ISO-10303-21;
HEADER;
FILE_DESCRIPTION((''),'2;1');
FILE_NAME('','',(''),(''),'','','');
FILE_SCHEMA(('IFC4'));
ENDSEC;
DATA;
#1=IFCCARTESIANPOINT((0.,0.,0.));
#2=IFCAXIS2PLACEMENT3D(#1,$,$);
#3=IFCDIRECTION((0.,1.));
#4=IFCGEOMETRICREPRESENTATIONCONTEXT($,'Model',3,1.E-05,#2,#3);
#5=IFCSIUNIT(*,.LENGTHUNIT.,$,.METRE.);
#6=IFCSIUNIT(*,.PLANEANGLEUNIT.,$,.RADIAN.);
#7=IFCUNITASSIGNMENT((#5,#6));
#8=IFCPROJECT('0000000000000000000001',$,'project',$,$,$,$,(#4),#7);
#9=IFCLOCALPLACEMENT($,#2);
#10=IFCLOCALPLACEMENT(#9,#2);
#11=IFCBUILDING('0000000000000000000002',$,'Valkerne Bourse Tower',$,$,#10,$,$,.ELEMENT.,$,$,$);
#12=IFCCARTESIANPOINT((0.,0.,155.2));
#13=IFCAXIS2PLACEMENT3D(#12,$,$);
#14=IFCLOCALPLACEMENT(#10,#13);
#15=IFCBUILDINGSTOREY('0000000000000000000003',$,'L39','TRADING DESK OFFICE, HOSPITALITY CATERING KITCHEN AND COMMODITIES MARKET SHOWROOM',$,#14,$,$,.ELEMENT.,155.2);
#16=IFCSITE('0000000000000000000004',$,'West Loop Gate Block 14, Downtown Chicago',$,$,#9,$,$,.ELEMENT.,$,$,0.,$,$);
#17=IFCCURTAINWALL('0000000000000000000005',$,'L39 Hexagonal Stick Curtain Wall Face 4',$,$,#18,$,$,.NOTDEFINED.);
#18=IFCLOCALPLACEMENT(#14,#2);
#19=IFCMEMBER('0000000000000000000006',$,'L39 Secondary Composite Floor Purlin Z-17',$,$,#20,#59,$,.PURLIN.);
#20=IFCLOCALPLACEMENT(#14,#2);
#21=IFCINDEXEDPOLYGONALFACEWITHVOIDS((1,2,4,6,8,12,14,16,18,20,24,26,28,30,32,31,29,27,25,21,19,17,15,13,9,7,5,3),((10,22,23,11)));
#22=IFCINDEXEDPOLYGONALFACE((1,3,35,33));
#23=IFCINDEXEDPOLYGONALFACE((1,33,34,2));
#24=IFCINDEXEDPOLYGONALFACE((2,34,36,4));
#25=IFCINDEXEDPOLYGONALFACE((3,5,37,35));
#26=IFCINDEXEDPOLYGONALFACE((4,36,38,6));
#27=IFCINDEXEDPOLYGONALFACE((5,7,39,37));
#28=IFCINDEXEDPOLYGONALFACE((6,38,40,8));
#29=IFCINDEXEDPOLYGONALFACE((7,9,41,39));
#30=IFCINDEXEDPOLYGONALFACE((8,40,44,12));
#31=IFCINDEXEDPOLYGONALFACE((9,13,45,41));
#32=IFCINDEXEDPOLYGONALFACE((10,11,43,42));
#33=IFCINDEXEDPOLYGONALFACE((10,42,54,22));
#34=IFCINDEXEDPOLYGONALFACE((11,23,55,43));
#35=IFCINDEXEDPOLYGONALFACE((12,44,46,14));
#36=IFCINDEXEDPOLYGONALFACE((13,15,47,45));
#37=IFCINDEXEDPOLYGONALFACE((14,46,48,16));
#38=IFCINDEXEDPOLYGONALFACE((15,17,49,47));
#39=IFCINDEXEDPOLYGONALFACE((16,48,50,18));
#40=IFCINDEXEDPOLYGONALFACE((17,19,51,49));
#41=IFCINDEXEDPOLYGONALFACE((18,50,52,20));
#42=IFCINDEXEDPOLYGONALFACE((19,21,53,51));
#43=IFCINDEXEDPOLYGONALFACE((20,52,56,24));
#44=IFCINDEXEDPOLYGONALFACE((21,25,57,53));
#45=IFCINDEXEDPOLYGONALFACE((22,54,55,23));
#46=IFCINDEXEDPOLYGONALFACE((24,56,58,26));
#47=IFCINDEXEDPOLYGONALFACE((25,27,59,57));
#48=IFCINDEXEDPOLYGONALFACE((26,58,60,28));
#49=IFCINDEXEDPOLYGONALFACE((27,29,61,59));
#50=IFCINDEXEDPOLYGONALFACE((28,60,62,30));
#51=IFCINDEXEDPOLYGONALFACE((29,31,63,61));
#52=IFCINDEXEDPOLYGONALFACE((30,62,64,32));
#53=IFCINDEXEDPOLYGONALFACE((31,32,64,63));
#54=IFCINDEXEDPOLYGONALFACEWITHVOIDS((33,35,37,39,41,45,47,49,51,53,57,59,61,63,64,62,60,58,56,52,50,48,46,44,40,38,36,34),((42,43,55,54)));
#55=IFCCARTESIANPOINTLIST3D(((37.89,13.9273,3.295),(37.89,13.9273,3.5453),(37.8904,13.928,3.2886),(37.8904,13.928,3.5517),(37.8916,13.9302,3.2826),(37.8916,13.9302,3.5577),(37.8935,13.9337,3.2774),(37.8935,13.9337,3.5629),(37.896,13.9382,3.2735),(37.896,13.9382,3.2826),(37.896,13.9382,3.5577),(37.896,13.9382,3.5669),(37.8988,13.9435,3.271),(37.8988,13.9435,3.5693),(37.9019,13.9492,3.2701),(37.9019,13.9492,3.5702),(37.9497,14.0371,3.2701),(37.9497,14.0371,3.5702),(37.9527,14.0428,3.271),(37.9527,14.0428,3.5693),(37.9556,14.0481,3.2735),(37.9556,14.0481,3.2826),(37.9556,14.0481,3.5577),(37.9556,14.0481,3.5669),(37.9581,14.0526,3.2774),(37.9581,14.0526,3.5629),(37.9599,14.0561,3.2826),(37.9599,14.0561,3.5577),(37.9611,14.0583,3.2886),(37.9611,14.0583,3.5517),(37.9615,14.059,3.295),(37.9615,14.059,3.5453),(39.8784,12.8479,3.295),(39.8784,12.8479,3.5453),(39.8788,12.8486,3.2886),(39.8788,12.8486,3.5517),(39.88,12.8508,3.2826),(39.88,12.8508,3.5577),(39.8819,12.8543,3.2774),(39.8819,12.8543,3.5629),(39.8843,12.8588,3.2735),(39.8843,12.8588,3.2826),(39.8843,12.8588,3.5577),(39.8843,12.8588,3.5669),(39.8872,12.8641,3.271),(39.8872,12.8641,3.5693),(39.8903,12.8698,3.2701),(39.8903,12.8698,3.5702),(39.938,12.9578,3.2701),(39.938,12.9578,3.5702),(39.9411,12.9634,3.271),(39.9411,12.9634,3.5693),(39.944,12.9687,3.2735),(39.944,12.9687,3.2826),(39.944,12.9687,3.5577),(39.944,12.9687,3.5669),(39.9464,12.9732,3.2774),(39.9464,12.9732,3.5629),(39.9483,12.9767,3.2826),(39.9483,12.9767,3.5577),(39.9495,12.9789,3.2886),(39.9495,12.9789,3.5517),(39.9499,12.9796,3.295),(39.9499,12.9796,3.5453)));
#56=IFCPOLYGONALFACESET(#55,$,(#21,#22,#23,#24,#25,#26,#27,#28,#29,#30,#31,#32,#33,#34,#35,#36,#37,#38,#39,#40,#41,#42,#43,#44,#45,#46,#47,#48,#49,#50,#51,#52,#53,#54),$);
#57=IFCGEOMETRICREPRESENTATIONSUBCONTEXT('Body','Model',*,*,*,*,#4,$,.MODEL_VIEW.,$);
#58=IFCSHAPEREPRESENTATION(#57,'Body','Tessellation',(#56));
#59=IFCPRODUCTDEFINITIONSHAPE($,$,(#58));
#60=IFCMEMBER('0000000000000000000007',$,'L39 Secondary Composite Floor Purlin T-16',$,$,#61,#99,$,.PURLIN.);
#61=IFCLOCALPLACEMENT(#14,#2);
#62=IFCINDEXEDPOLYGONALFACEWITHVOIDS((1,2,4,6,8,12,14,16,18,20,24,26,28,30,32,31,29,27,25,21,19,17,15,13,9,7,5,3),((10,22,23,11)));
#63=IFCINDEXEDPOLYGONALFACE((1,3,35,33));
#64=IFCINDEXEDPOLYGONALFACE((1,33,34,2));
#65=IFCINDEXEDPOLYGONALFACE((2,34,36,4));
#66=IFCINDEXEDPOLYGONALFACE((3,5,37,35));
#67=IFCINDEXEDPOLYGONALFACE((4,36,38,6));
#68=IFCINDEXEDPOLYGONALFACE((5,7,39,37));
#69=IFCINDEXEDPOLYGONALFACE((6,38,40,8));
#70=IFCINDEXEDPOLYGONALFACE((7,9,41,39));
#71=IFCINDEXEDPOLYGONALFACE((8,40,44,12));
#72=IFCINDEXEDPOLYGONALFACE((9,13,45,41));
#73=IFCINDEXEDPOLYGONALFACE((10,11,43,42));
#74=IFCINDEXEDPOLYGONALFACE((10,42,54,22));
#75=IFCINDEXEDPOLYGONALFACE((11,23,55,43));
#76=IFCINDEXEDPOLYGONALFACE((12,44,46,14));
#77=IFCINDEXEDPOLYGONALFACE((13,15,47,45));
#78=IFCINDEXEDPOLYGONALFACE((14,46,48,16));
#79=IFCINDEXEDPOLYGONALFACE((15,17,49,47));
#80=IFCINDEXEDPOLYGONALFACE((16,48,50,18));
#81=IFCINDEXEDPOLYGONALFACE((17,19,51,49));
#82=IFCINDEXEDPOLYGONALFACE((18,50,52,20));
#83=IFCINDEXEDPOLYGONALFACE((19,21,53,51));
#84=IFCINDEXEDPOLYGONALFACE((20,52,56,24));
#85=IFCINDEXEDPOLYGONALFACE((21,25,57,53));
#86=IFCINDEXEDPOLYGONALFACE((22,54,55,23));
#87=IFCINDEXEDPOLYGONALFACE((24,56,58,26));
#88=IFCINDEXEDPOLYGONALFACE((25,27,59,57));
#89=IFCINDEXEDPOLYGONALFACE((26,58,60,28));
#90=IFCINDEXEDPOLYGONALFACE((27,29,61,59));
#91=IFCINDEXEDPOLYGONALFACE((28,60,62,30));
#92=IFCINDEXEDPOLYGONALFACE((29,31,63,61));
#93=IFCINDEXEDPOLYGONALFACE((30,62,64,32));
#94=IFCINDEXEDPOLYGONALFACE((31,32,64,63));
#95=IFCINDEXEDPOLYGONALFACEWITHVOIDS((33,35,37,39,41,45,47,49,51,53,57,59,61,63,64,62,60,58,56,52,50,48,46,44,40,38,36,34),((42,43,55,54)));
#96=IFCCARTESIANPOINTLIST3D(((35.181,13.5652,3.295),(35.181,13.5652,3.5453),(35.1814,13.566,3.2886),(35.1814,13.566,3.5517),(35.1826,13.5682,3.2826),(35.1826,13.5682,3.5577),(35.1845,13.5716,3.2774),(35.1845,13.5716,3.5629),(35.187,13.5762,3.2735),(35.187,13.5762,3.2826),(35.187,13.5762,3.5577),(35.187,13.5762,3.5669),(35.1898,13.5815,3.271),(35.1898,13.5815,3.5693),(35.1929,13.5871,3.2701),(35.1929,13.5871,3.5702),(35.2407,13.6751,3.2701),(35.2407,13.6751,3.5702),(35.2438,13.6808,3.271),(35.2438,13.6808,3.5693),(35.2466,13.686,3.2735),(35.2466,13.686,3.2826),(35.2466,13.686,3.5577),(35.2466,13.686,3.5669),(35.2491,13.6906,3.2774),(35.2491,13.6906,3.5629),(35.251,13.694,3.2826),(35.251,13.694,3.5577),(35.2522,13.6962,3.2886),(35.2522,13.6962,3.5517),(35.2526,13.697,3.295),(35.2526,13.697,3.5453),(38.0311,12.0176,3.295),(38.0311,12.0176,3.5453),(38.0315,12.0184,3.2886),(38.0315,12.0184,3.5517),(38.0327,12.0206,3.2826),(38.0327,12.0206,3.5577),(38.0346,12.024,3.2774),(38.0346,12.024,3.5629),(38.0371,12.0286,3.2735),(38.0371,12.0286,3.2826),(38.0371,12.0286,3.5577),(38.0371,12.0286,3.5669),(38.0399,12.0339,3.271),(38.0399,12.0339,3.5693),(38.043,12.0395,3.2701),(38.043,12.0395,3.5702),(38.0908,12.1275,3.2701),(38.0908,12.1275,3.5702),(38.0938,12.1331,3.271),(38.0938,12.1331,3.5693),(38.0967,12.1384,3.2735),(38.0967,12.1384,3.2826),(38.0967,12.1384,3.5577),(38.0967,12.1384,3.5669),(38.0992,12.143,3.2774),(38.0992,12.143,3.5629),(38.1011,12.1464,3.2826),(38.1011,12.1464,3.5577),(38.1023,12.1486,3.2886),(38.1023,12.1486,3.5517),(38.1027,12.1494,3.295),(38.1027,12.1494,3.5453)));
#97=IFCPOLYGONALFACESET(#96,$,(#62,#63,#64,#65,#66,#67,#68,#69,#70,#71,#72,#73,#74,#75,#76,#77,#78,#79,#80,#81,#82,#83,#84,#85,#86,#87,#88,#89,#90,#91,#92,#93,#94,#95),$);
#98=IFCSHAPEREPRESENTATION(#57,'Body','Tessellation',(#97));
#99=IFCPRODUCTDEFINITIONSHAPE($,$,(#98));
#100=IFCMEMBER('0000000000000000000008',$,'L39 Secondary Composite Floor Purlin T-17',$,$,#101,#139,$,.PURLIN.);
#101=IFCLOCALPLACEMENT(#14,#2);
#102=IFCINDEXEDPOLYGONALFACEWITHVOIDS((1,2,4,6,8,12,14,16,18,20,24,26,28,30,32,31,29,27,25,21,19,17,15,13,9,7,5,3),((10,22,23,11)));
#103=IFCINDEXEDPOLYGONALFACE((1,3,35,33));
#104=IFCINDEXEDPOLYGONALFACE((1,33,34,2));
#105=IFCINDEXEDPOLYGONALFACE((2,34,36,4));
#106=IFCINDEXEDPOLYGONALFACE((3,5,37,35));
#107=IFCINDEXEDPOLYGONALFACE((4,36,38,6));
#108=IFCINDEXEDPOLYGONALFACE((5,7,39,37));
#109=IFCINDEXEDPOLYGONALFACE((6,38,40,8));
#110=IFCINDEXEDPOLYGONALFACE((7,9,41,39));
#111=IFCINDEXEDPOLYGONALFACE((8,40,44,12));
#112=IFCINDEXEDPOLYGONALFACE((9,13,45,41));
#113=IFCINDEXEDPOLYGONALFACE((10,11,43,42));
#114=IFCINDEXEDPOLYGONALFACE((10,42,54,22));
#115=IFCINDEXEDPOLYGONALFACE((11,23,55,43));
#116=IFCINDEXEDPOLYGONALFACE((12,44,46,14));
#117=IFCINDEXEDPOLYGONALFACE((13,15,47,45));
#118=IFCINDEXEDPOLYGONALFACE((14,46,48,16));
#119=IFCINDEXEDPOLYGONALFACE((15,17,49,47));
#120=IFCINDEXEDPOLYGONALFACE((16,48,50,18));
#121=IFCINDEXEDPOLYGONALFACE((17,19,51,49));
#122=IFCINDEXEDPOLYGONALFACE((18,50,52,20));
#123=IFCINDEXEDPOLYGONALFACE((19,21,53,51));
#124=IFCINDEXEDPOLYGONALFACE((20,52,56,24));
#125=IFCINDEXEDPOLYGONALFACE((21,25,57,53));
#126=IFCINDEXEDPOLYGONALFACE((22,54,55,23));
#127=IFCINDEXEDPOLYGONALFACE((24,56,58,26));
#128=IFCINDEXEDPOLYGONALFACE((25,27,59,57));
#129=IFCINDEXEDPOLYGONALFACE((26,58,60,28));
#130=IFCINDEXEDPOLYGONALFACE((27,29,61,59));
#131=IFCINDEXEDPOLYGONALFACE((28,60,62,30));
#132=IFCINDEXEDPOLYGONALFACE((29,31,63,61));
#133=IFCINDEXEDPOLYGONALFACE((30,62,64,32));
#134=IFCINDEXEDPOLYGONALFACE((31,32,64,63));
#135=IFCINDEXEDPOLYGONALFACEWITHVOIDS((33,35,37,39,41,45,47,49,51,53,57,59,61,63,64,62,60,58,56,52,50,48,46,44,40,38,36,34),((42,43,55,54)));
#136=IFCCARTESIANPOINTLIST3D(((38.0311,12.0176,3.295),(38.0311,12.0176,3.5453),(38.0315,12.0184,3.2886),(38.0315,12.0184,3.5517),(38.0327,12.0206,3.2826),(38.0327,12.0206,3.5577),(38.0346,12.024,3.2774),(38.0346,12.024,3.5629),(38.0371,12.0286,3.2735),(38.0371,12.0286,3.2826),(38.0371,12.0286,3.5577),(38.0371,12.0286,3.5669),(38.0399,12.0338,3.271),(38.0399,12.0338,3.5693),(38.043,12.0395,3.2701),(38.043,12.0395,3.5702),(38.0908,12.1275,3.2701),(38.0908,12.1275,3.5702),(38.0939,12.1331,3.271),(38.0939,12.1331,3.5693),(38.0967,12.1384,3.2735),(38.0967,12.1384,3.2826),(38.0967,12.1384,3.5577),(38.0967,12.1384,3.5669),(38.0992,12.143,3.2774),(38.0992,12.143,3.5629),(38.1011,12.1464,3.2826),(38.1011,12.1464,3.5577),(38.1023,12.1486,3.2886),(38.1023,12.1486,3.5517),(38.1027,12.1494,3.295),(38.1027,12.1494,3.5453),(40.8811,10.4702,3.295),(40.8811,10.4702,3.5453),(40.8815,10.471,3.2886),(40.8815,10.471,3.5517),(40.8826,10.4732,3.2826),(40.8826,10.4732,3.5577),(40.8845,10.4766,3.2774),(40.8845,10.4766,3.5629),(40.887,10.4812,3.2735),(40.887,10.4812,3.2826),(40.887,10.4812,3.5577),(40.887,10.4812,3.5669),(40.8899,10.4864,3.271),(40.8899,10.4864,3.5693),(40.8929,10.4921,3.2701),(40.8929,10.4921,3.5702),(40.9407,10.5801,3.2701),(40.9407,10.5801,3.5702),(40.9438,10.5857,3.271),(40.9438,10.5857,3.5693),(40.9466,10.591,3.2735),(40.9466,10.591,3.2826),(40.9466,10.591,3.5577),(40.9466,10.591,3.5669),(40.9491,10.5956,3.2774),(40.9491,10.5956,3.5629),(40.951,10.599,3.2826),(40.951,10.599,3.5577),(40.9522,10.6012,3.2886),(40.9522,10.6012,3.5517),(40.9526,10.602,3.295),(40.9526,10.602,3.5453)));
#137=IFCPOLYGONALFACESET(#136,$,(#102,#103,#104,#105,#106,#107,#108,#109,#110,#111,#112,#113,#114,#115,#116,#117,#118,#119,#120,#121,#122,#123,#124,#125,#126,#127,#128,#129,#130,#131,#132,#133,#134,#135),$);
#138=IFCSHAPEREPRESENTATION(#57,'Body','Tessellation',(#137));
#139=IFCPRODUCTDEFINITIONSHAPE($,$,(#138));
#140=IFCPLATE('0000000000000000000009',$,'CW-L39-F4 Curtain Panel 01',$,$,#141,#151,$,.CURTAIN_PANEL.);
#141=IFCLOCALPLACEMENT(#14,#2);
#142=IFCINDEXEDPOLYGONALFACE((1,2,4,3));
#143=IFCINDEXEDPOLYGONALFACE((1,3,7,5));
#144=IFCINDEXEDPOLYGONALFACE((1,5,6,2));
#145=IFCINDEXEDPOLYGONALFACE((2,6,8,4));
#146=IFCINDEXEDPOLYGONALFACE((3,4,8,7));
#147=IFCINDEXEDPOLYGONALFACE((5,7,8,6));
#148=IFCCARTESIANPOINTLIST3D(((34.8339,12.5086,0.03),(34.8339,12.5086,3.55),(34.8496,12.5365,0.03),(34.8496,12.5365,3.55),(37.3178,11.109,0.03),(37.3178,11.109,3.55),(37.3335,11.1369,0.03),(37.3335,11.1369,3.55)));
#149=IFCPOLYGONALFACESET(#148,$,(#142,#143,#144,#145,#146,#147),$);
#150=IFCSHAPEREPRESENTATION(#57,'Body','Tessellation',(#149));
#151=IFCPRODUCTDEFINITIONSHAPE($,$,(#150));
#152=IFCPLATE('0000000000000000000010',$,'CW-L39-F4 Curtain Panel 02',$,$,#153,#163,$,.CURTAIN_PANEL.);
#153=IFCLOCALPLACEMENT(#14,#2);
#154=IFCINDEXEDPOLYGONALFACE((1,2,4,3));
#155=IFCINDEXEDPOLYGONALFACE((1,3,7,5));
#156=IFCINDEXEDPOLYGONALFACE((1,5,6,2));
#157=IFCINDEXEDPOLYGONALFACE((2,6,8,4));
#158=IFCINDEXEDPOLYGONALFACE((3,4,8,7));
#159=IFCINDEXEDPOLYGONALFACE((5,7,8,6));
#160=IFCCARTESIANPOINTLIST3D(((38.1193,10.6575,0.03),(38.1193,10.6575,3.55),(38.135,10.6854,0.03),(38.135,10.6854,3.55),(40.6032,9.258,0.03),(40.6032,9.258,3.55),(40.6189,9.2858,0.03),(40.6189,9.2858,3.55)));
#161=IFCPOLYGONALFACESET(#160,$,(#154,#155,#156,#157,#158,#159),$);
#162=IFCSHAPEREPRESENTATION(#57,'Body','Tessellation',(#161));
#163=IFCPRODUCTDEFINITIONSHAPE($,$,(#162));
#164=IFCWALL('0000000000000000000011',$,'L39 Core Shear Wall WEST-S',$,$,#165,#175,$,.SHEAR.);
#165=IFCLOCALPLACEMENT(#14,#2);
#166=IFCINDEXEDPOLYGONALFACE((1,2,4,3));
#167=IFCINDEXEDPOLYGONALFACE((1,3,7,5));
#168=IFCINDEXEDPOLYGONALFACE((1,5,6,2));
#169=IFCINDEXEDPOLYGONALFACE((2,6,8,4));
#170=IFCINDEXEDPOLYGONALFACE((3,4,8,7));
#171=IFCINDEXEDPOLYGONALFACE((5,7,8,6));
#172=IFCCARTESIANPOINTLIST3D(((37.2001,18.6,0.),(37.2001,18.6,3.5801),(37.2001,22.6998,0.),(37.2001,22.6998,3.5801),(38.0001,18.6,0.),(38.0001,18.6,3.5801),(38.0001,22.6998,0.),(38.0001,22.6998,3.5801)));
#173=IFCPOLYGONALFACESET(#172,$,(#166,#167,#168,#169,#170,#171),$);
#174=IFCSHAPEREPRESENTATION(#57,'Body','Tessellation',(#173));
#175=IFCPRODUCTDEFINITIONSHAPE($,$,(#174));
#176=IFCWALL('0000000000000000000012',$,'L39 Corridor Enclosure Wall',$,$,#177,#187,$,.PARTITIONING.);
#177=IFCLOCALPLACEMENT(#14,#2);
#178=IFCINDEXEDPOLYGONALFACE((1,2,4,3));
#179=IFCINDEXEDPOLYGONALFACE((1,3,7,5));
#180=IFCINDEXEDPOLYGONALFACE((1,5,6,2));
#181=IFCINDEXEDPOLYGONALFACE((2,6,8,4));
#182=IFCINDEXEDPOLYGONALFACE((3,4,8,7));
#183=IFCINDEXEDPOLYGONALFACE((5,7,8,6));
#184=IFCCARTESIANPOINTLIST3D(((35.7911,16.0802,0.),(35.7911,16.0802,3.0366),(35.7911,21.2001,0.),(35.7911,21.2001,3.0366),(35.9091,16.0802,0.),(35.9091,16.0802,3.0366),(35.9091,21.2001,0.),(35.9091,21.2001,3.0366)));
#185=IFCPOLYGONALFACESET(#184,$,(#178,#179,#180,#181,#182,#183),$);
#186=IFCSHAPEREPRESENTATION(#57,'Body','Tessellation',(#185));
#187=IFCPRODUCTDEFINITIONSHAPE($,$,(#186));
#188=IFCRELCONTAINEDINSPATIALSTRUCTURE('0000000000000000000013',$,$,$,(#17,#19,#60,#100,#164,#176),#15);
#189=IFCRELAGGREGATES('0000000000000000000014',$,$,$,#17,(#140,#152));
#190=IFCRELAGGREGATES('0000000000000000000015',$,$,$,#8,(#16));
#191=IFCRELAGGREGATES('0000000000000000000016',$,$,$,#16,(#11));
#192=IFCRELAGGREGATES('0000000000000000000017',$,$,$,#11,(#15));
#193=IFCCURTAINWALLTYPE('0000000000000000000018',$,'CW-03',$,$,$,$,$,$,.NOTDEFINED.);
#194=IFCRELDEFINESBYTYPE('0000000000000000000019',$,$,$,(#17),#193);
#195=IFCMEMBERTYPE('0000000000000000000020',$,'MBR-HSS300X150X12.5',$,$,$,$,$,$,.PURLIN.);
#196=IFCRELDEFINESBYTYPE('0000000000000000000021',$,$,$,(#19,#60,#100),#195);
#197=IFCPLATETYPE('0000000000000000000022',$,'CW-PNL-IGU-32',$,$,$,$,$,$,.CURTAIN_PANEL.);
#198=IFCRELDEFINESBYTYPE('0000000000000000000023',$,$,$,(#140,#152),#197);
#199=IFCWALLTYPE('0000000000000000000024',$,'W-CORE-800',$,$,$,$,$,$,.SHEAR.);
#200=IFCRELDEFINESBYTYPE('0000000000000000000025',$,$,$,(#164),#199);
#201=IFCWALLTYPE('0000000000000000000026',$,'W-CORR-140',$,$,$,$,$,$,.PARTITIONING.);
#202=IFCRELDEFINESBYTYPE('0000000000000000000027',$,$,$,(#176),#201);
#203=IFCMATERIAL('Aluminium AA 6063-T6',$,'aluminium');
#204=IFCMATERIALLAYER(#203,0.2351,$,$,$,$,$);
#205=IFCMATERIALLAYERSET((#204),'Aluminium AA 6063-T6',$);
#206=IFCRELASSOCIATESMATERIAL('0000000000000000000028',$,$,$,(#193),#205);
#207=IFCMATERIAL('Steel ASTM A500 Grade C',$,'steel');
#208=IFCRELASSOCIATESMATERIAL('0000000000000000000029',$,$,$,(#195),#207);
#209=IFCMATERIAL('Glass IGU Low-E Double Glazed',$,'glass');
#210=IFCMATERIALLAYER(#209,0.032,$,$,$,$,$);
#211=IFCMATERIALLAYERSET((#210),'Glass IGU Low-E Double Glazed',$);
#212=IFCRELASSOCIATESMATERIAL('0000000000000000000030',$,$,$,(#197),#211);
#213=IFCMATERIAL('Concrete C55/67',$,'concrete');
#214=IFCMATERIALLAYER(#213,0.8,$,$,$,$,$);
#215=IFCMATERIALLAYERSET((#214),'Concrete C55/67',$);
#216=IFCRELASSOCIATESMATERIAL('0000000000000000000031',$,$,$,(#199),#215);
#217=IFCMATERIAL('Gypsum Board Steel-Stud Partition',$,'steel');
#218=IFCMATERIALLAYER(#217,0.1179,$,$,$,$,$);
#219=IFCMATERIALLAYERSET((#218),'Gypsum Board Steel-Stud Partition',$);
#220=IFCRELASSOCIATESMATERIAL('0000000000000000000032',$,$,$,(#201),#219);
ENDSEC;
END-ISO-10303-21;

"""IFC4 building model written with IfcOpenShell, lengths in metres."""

from ifc_helpers import new_model, si_unit, direction, frame, frame_2d, origin, origin_2d, place, context, subcontext, project, spatial, rectangle, hollow_rectangle, extrude, material, layer, layer_set, material_profile, profile_set, type_object, element, aggregate, save


model = new_model("IFC4")

# Units and contexts
model_context = context("Model", 3, precision=1e-05, world=origin(), true_north=direction((0.0, 1.0)))
body_context = subcontext(model_context, "Body", "Model", "MODEL_VIEW")
ifc_project = project(units=[si_unit("LENGTHUNIT", "METRE"), si_unit("PLANEANGLEUNIT", "RADIAN")], contexts=[model_context])

# Site, building, storey
site_placement = place(None, origin())
site = spatial("IfcSite", under=ifc_project, at=site_placement, Name="West Loop Gate Block 14, Downtown Chicago", CompositionType="ELEMENT", RefElevation=0.0)
building_placement = place(site_placement, origin())
building = spatial("IfcBuilding", under=site, at=building_placement, Name="Valkerne Bourse Tower", CompositionType="ELEMENT")
storey_placement = place(building_placement, frame((0.0, 0.0, 155.2)))
storey = spatial("IfcBuildingStorey", under=building, at=storey_placement, Name="L39", Description="TRADING DESK OFFICE, HOSPITALITY CATERING KITCHEN AND COMMODITIES MARKET SHOWROOM", CompositionType="ELEMENT", Elevation=155.2)

# Curtain wall
ifc_material_1 = material(Name="Aluminium AA 6063-T6", Category="aluminium")
ifc_layer_1 = layer(ifc_material_1, 0.2351)
ifc_layer_set_1 = layer_set([ifc_layer_1], Name="Aluminium AA 6063-T6")
curtain_wall_type = type_object("IfcCurtainWallType", Name="CW-03", PredefinedType="NOTDEFINED", material=ifc_layer_set_1)
curtain_wall_placement = place(storey_placement, origin())
curtain_wall = element("IfcCurtainWall", 1, at=curtain_wall_placement, inside=storey, type_object=curtain_wall_type, Name="L39 Hexagonal Stick Curtain Wall Face 4", PredefinedType="NOTDEFINED")

# Members
ifc_material_2 = material(Name="Steel ASTM A500 Grade C", Category="steel")
ifc_material_profile_1 = material_profile(ifc_material_2, hollow_rectangle(XDim=0.1499, YDim=0.3, WallThickness=0.0125, OuterFilletRadius=0.0249, at=origin_2d()), Name="HSS300X150X12.5")
ifc_profile_set_1 = profile_set([ifc_material_profile_1], Name="Steel ASTM A500 Grade C")
member_type_1 = type_object("IfcMemberType", Name="MBR-HSS300X150X12.5", PredefinedType="PURLIN", material=ifc_profile_set_1)
member_1_placement = place(storey_placement, frame((37.9258, 13.9932, 3.4202), z_axis=(0.878855, -0.477089, 0.0), x_axis=(0.477089, 0.878855, 0.0)))
element("IfcMember", 2, at=member_1_placement, inside=storey, type_object=member_type_1, Name="L39 Secondary Composite Floor Purlin Z-17", PredefinedType="PURLIN", context=body_context, shape_type="SweptSolid", body=[
    extrude(hollow_rectangle(XDim=0.1499, YDim=0.3, WallThickness=0.0125, OuterFilletRadius=0.0249, at=origin_2d()), origin(), (0.0, 0.0, 1.0), 2.2625),
])
member_2_placement = place(storey_placement, frame((35.2168, 13.6311, 3.4202), z_axis=(0.8788, -0.47719, 0.0), x_axis=(0.47719, 0.8788, 0.0)))
element("IfcMember", 3, at=member_2_placement, inside=storey, type_object=member_type_1, Name="L39 Secondary Composite Floor Purlin T-16", PredefinedType="PURLIN", context=body_context, shape_type="SweptSolid", body=[
    extrude(hollow_rectangle(XDim=0.1499, YDim=0.3, WallThickness=0.0125, OuterFilletRadius=0.0249, at=origin_2d()), origin(), (0.0, 0.0, 1.0), 3.2432),
])
member_3_placement = place(storey_placement, frame((38.0669, 12.0835, 3.4202), z_axis=(0.878815, -0.477163, 0.0), x_axis=(0.477163, 0.878815, 0.0)))
element("IfcMember", 4, at=member_3_placement, inside=storey, type_object=member_type_1, Name="L39 Secondary Composite Floor Purlin T-17", PredefinedType="PURLIN", context=body_context, shape_type="SweptSolid", body=[
    extrude(hollow_rectangle(XDim=0.1499, YDim=0.3, WallThickness=0.0125, OuterFilletRadius=0.0249, at=origin_2d()), origin(), (0.0, 0.0, 1.0), 3.2429),
])

# Plates
ifc_material_3 = material(Name="Glass IGU Low-E Double Glazed", Category="glass")
ifc_layer_2 = layer(ifc_material_3, 0.032)
ifc_layer_set_2 = layer_set([ifc_layer_2], Name="Glass IGU Low-E Double Glazed")
plate_type = type_object("IfcPlateType", Name="CW-PNL-IGU-32", PredefinedType="CURTAIN_PANEL", material=ifc_layer_set_2)
plate_1_placement = place(storey_placement, frame((36.0837, 11.8228, 0.03), z_axis=(0.0, 0.0, 1.0), x_axis=(0.871211, -0.49091, 0.0)))
plate_1 = element("IfcPlate", 5, at=plate_1_placement, type_object=plate_type, Name="CW-L39-F4 Curtain Panel 01", PredefinedType="CURTAIN_PANEL", context=body_context, shape_type="SweptSolid", body=[
    extrude(rectangle(XDim=2.8511, YDim=0.032, at=origin_2d()), origin(), (0.0, 0.0, 1.0), 3.52),
])
plate_2_placement = place(storey_placement, frame((39.3691, 9.9717, 0.03), z_axis=(0.0, 0.0, 1.0), x_axis=(0.871217, -0.490898, 0.0)))
plate_2 = element("IfcPlate", 6, at=plate_2_placement, type_object=plate_type, Name="CW-L39-F4 Curtain Panel 02", PredefinedType="CURTAIN_PANEL", context=body_context, shape_type="SweptSolid", body=[
    extrude(rectangle(XDim=2.8511, YDim=0.032, at=origin_2d()), origin(), (0.0, 0.0, 1.0), 3.52),
])
aggregate(curtain_wall, [plate_1, plate_2])

# Shared definitions
ifc_material_4 = material(Name="Concrete C55/67", Category="concrete")
ifc_layer_3 = layer(ifc_material_4, 0.8)
ifc_layer_set_3 = layer_set([ifc_layer_3], Name="Concrete C55/67")
wall_type_1 = type_object("IfcWallType", Name="W-CORE-800", PredefinedType="SHEAR", material=ifc_layer_set_3)

# Walls
wall_1_placement = place(storey_placement, frame((37.6001, 18.6001, 0.0), z_axis=(0.0, 0.0, 1.0), x_axis=(0.0, 1.0, 0.0)))
element("IfcWall", 7, at=wall_1_placement, inside=storey, type_object=wall_type_1, Name="L39 Core Shear Wall WEST-S", PredefinedType="SHEAR", context=body_context, shape_type="SweptSolid", body=[
    extrude(rectangle(XDim=4.0999, YDim=0.8, at=frame_2d((2.0498, 0.0))), origin(), (0.0, 0.0, 1.0), 3.5801),
])
ifc_material_5 = material(Name="Gypsum Board Steel-Stud Partition", Category="steel")
ifc_layer_4 = layer(ifc_material_5, 0.1179)
ifc_layer_set_4 = layer_set([ifc_layer_4], Name="Gypsum Board Steel-Stud Partition")
wall_type_2 = type_object("IfcWallType", Name="W-CORR-140", PredefinedType="PARTITIONING", material=ifc_layer_set_4)
wall_2_placement = place(storey_placement, frame((35.8501, 16.0801, 0.0), z_axis=(0.0, 0.0, 1.0), x_axis=(0.0, 1.0, 0.0)))
element("IfcWall", 8, at=wall_2_placement, inside=storey, type_object=wall_type_2, Name="L39 Corridor Enclosure Wall", PredefinedType="PARTITIONING", context=body_context, shape_type="SweptSolid", body=[
    extrude(rectangle(XDim=5.1199, YDim=0.1179, at=frame_2d((2.5601, 0.0))), origin(), (0.0, 0.0, 1.0), 3.0366),
])

save(model, "model.ifc")
